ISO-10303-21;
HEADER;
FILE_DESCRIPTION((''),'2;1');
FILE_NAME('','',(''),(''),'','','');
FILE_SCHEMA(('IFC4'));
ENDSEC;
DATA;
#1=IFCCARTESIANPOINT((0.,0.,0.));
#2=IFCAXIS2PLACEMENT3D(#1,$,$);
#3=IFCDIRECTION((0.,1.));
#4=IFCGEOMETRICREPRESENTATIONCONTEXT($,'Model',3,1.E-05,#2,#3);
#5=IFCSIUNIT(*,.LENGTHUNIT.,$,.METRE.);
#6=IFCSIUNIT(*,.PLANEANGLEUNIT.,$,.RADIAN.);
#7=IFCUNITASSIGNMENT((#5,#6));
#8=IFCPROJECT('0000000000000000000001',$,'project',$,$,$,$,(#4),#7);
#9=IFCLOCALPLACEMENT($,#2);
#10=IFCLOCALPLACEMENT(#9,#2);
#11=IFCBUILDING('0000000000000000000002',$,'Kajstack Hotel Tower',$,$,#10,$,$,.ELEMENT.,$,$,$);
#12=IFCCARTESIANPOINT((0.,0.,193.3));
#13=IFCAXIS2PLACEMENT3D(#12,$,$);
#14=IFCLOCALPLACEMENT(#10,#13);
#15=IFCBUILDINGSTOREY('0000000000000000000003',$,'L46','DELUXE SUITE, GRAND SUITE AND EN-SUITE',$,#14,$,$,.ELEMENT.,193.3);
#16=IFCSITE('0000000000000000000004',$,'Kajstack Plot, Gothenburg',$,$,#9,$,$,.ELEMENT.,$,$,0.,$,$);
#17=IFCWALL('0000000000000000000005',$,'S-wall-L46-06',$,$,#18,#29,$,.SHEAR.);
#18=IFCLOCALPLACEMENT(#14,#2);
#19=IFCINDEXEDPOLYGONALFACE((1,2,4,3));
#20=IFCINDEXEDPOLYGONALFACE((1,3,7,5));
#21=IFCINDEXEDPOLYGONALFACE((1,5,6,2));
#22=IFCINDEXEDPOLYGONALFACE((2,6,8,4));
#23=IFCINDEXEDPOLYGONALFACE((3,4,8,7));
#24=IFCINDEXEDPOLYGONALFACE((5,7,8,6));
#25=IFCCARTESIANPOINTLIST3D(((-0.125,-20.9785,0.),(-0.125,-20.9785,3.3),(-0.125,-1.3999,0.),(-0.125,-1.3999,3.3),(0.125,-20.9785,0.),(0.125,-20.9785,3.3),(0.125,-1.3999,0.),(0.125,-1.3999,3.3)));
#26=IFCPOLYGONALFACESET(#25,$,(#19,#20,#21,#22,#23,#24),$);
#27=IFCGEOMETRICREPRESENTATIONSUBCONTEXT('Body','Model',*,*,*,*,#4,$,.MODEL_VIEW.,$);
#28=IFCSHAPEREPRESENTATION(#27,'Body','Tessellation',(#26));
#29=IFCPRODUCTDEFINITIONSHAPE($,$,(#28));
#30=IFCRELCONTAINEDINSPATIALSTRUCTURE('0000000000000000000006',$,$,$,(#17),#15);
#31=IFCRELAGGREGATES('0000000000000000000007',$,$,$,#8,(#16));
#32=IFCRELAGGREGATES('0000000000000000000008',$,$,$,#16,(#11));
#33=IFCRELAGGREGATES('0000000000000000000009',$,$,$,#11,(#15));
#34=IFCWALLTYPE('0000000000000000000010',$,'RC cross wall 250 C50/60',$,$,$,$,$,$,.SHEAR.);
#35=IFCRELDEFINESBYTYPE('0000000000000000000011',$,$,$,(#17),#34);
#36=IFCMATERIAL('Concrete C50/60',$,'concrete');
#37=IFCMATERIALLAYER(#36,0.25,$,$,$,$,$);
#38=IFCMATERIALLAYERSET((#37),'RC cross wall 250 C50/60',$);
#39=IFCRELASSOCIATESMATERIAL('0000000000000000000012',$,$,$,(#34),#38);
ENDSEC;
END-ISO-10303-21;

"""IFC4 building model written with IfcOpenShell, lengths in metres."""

from ifc_helpers import new_model, si_unit, direction, frame, frame_2d, origin, place, context, subcontext, project, spatial, rectangle, extrude, material, layer, layer_set, type_object, element, save


model = new_model("IFC4")

# Units and contexts
model_context = context("Model", 3, precision=1e-05, world=origin(), true_north=direction((0.0, 1.0)))
body_context = subcontext(model_context, "Body", "Model", "MODEL_VIEW")
ifc_project = project(units=[si_unit("LENGTHUNIT", "METRE"), si_unit("PLANEANGLEUNIT", "RADIAN")], contexts=[model_context])

# Site, building, storey
site_placement = place(None, origin())
site = spatial("IfcSite", under=ifc_project, at=site_placement, Name="Kajstack Plot, Gothenburg", CompositionType="ELEMENT", RefElevation=0.0)
building_placement = place(site_placement, origin())
building = spatial("IfcBuilding", under=site, at=building_placement, Name="Kajstack Hotel Tower", CompositionType="ELEMENT")
storey_placement = place(building_placement, frame((0.0, 0.0, 193.3)))
storey = spatial("IfcBuildingStorey", under=building, at=storey_placement, Name="L46", Description="DELUXE SUITE, GRAND SUITE AND EN-SUITE", CompositionType="ELEMENT", Elevation=193.3)

# Wall
ifc_material_1 = material(Name="Concrete C50/60", Category="concrete")
ifc_layer_1 = layer(ifc_material_1, 0.25)
ifc_layer_set_1 = layer_set([ifc_layer_1], Name="RC cross wall 250 C50/60")
wall_type_1 = type_object("IfcWallType", Name="RC cross wall 250 C50/60", PredefinedType="SHEAR", material=ifc_layer_set_1)
wall_1_placement = place(storey_placement, frame((0.0, -20.9785, 0.0), z_axis=(0.0, 0.0, 1.0), x_axis=(0.0, 1.0, 0.0)))
element("IfcWall", 1, at=wall_1_placement, inside=storey, type_object=wall_type_1, Name="S-wall-L46-06", PredefinedType="SHEAR", context=body_context, shape_type="SweptSolid", body=[
    extrude(rectangle(XDim=19.5786, YDim=0.25, at=frame_2d((9.7893, 0.0))), origin(), (0.0, 0.0, 1.0), 3.3),
])

save(model, "model.ifc")
